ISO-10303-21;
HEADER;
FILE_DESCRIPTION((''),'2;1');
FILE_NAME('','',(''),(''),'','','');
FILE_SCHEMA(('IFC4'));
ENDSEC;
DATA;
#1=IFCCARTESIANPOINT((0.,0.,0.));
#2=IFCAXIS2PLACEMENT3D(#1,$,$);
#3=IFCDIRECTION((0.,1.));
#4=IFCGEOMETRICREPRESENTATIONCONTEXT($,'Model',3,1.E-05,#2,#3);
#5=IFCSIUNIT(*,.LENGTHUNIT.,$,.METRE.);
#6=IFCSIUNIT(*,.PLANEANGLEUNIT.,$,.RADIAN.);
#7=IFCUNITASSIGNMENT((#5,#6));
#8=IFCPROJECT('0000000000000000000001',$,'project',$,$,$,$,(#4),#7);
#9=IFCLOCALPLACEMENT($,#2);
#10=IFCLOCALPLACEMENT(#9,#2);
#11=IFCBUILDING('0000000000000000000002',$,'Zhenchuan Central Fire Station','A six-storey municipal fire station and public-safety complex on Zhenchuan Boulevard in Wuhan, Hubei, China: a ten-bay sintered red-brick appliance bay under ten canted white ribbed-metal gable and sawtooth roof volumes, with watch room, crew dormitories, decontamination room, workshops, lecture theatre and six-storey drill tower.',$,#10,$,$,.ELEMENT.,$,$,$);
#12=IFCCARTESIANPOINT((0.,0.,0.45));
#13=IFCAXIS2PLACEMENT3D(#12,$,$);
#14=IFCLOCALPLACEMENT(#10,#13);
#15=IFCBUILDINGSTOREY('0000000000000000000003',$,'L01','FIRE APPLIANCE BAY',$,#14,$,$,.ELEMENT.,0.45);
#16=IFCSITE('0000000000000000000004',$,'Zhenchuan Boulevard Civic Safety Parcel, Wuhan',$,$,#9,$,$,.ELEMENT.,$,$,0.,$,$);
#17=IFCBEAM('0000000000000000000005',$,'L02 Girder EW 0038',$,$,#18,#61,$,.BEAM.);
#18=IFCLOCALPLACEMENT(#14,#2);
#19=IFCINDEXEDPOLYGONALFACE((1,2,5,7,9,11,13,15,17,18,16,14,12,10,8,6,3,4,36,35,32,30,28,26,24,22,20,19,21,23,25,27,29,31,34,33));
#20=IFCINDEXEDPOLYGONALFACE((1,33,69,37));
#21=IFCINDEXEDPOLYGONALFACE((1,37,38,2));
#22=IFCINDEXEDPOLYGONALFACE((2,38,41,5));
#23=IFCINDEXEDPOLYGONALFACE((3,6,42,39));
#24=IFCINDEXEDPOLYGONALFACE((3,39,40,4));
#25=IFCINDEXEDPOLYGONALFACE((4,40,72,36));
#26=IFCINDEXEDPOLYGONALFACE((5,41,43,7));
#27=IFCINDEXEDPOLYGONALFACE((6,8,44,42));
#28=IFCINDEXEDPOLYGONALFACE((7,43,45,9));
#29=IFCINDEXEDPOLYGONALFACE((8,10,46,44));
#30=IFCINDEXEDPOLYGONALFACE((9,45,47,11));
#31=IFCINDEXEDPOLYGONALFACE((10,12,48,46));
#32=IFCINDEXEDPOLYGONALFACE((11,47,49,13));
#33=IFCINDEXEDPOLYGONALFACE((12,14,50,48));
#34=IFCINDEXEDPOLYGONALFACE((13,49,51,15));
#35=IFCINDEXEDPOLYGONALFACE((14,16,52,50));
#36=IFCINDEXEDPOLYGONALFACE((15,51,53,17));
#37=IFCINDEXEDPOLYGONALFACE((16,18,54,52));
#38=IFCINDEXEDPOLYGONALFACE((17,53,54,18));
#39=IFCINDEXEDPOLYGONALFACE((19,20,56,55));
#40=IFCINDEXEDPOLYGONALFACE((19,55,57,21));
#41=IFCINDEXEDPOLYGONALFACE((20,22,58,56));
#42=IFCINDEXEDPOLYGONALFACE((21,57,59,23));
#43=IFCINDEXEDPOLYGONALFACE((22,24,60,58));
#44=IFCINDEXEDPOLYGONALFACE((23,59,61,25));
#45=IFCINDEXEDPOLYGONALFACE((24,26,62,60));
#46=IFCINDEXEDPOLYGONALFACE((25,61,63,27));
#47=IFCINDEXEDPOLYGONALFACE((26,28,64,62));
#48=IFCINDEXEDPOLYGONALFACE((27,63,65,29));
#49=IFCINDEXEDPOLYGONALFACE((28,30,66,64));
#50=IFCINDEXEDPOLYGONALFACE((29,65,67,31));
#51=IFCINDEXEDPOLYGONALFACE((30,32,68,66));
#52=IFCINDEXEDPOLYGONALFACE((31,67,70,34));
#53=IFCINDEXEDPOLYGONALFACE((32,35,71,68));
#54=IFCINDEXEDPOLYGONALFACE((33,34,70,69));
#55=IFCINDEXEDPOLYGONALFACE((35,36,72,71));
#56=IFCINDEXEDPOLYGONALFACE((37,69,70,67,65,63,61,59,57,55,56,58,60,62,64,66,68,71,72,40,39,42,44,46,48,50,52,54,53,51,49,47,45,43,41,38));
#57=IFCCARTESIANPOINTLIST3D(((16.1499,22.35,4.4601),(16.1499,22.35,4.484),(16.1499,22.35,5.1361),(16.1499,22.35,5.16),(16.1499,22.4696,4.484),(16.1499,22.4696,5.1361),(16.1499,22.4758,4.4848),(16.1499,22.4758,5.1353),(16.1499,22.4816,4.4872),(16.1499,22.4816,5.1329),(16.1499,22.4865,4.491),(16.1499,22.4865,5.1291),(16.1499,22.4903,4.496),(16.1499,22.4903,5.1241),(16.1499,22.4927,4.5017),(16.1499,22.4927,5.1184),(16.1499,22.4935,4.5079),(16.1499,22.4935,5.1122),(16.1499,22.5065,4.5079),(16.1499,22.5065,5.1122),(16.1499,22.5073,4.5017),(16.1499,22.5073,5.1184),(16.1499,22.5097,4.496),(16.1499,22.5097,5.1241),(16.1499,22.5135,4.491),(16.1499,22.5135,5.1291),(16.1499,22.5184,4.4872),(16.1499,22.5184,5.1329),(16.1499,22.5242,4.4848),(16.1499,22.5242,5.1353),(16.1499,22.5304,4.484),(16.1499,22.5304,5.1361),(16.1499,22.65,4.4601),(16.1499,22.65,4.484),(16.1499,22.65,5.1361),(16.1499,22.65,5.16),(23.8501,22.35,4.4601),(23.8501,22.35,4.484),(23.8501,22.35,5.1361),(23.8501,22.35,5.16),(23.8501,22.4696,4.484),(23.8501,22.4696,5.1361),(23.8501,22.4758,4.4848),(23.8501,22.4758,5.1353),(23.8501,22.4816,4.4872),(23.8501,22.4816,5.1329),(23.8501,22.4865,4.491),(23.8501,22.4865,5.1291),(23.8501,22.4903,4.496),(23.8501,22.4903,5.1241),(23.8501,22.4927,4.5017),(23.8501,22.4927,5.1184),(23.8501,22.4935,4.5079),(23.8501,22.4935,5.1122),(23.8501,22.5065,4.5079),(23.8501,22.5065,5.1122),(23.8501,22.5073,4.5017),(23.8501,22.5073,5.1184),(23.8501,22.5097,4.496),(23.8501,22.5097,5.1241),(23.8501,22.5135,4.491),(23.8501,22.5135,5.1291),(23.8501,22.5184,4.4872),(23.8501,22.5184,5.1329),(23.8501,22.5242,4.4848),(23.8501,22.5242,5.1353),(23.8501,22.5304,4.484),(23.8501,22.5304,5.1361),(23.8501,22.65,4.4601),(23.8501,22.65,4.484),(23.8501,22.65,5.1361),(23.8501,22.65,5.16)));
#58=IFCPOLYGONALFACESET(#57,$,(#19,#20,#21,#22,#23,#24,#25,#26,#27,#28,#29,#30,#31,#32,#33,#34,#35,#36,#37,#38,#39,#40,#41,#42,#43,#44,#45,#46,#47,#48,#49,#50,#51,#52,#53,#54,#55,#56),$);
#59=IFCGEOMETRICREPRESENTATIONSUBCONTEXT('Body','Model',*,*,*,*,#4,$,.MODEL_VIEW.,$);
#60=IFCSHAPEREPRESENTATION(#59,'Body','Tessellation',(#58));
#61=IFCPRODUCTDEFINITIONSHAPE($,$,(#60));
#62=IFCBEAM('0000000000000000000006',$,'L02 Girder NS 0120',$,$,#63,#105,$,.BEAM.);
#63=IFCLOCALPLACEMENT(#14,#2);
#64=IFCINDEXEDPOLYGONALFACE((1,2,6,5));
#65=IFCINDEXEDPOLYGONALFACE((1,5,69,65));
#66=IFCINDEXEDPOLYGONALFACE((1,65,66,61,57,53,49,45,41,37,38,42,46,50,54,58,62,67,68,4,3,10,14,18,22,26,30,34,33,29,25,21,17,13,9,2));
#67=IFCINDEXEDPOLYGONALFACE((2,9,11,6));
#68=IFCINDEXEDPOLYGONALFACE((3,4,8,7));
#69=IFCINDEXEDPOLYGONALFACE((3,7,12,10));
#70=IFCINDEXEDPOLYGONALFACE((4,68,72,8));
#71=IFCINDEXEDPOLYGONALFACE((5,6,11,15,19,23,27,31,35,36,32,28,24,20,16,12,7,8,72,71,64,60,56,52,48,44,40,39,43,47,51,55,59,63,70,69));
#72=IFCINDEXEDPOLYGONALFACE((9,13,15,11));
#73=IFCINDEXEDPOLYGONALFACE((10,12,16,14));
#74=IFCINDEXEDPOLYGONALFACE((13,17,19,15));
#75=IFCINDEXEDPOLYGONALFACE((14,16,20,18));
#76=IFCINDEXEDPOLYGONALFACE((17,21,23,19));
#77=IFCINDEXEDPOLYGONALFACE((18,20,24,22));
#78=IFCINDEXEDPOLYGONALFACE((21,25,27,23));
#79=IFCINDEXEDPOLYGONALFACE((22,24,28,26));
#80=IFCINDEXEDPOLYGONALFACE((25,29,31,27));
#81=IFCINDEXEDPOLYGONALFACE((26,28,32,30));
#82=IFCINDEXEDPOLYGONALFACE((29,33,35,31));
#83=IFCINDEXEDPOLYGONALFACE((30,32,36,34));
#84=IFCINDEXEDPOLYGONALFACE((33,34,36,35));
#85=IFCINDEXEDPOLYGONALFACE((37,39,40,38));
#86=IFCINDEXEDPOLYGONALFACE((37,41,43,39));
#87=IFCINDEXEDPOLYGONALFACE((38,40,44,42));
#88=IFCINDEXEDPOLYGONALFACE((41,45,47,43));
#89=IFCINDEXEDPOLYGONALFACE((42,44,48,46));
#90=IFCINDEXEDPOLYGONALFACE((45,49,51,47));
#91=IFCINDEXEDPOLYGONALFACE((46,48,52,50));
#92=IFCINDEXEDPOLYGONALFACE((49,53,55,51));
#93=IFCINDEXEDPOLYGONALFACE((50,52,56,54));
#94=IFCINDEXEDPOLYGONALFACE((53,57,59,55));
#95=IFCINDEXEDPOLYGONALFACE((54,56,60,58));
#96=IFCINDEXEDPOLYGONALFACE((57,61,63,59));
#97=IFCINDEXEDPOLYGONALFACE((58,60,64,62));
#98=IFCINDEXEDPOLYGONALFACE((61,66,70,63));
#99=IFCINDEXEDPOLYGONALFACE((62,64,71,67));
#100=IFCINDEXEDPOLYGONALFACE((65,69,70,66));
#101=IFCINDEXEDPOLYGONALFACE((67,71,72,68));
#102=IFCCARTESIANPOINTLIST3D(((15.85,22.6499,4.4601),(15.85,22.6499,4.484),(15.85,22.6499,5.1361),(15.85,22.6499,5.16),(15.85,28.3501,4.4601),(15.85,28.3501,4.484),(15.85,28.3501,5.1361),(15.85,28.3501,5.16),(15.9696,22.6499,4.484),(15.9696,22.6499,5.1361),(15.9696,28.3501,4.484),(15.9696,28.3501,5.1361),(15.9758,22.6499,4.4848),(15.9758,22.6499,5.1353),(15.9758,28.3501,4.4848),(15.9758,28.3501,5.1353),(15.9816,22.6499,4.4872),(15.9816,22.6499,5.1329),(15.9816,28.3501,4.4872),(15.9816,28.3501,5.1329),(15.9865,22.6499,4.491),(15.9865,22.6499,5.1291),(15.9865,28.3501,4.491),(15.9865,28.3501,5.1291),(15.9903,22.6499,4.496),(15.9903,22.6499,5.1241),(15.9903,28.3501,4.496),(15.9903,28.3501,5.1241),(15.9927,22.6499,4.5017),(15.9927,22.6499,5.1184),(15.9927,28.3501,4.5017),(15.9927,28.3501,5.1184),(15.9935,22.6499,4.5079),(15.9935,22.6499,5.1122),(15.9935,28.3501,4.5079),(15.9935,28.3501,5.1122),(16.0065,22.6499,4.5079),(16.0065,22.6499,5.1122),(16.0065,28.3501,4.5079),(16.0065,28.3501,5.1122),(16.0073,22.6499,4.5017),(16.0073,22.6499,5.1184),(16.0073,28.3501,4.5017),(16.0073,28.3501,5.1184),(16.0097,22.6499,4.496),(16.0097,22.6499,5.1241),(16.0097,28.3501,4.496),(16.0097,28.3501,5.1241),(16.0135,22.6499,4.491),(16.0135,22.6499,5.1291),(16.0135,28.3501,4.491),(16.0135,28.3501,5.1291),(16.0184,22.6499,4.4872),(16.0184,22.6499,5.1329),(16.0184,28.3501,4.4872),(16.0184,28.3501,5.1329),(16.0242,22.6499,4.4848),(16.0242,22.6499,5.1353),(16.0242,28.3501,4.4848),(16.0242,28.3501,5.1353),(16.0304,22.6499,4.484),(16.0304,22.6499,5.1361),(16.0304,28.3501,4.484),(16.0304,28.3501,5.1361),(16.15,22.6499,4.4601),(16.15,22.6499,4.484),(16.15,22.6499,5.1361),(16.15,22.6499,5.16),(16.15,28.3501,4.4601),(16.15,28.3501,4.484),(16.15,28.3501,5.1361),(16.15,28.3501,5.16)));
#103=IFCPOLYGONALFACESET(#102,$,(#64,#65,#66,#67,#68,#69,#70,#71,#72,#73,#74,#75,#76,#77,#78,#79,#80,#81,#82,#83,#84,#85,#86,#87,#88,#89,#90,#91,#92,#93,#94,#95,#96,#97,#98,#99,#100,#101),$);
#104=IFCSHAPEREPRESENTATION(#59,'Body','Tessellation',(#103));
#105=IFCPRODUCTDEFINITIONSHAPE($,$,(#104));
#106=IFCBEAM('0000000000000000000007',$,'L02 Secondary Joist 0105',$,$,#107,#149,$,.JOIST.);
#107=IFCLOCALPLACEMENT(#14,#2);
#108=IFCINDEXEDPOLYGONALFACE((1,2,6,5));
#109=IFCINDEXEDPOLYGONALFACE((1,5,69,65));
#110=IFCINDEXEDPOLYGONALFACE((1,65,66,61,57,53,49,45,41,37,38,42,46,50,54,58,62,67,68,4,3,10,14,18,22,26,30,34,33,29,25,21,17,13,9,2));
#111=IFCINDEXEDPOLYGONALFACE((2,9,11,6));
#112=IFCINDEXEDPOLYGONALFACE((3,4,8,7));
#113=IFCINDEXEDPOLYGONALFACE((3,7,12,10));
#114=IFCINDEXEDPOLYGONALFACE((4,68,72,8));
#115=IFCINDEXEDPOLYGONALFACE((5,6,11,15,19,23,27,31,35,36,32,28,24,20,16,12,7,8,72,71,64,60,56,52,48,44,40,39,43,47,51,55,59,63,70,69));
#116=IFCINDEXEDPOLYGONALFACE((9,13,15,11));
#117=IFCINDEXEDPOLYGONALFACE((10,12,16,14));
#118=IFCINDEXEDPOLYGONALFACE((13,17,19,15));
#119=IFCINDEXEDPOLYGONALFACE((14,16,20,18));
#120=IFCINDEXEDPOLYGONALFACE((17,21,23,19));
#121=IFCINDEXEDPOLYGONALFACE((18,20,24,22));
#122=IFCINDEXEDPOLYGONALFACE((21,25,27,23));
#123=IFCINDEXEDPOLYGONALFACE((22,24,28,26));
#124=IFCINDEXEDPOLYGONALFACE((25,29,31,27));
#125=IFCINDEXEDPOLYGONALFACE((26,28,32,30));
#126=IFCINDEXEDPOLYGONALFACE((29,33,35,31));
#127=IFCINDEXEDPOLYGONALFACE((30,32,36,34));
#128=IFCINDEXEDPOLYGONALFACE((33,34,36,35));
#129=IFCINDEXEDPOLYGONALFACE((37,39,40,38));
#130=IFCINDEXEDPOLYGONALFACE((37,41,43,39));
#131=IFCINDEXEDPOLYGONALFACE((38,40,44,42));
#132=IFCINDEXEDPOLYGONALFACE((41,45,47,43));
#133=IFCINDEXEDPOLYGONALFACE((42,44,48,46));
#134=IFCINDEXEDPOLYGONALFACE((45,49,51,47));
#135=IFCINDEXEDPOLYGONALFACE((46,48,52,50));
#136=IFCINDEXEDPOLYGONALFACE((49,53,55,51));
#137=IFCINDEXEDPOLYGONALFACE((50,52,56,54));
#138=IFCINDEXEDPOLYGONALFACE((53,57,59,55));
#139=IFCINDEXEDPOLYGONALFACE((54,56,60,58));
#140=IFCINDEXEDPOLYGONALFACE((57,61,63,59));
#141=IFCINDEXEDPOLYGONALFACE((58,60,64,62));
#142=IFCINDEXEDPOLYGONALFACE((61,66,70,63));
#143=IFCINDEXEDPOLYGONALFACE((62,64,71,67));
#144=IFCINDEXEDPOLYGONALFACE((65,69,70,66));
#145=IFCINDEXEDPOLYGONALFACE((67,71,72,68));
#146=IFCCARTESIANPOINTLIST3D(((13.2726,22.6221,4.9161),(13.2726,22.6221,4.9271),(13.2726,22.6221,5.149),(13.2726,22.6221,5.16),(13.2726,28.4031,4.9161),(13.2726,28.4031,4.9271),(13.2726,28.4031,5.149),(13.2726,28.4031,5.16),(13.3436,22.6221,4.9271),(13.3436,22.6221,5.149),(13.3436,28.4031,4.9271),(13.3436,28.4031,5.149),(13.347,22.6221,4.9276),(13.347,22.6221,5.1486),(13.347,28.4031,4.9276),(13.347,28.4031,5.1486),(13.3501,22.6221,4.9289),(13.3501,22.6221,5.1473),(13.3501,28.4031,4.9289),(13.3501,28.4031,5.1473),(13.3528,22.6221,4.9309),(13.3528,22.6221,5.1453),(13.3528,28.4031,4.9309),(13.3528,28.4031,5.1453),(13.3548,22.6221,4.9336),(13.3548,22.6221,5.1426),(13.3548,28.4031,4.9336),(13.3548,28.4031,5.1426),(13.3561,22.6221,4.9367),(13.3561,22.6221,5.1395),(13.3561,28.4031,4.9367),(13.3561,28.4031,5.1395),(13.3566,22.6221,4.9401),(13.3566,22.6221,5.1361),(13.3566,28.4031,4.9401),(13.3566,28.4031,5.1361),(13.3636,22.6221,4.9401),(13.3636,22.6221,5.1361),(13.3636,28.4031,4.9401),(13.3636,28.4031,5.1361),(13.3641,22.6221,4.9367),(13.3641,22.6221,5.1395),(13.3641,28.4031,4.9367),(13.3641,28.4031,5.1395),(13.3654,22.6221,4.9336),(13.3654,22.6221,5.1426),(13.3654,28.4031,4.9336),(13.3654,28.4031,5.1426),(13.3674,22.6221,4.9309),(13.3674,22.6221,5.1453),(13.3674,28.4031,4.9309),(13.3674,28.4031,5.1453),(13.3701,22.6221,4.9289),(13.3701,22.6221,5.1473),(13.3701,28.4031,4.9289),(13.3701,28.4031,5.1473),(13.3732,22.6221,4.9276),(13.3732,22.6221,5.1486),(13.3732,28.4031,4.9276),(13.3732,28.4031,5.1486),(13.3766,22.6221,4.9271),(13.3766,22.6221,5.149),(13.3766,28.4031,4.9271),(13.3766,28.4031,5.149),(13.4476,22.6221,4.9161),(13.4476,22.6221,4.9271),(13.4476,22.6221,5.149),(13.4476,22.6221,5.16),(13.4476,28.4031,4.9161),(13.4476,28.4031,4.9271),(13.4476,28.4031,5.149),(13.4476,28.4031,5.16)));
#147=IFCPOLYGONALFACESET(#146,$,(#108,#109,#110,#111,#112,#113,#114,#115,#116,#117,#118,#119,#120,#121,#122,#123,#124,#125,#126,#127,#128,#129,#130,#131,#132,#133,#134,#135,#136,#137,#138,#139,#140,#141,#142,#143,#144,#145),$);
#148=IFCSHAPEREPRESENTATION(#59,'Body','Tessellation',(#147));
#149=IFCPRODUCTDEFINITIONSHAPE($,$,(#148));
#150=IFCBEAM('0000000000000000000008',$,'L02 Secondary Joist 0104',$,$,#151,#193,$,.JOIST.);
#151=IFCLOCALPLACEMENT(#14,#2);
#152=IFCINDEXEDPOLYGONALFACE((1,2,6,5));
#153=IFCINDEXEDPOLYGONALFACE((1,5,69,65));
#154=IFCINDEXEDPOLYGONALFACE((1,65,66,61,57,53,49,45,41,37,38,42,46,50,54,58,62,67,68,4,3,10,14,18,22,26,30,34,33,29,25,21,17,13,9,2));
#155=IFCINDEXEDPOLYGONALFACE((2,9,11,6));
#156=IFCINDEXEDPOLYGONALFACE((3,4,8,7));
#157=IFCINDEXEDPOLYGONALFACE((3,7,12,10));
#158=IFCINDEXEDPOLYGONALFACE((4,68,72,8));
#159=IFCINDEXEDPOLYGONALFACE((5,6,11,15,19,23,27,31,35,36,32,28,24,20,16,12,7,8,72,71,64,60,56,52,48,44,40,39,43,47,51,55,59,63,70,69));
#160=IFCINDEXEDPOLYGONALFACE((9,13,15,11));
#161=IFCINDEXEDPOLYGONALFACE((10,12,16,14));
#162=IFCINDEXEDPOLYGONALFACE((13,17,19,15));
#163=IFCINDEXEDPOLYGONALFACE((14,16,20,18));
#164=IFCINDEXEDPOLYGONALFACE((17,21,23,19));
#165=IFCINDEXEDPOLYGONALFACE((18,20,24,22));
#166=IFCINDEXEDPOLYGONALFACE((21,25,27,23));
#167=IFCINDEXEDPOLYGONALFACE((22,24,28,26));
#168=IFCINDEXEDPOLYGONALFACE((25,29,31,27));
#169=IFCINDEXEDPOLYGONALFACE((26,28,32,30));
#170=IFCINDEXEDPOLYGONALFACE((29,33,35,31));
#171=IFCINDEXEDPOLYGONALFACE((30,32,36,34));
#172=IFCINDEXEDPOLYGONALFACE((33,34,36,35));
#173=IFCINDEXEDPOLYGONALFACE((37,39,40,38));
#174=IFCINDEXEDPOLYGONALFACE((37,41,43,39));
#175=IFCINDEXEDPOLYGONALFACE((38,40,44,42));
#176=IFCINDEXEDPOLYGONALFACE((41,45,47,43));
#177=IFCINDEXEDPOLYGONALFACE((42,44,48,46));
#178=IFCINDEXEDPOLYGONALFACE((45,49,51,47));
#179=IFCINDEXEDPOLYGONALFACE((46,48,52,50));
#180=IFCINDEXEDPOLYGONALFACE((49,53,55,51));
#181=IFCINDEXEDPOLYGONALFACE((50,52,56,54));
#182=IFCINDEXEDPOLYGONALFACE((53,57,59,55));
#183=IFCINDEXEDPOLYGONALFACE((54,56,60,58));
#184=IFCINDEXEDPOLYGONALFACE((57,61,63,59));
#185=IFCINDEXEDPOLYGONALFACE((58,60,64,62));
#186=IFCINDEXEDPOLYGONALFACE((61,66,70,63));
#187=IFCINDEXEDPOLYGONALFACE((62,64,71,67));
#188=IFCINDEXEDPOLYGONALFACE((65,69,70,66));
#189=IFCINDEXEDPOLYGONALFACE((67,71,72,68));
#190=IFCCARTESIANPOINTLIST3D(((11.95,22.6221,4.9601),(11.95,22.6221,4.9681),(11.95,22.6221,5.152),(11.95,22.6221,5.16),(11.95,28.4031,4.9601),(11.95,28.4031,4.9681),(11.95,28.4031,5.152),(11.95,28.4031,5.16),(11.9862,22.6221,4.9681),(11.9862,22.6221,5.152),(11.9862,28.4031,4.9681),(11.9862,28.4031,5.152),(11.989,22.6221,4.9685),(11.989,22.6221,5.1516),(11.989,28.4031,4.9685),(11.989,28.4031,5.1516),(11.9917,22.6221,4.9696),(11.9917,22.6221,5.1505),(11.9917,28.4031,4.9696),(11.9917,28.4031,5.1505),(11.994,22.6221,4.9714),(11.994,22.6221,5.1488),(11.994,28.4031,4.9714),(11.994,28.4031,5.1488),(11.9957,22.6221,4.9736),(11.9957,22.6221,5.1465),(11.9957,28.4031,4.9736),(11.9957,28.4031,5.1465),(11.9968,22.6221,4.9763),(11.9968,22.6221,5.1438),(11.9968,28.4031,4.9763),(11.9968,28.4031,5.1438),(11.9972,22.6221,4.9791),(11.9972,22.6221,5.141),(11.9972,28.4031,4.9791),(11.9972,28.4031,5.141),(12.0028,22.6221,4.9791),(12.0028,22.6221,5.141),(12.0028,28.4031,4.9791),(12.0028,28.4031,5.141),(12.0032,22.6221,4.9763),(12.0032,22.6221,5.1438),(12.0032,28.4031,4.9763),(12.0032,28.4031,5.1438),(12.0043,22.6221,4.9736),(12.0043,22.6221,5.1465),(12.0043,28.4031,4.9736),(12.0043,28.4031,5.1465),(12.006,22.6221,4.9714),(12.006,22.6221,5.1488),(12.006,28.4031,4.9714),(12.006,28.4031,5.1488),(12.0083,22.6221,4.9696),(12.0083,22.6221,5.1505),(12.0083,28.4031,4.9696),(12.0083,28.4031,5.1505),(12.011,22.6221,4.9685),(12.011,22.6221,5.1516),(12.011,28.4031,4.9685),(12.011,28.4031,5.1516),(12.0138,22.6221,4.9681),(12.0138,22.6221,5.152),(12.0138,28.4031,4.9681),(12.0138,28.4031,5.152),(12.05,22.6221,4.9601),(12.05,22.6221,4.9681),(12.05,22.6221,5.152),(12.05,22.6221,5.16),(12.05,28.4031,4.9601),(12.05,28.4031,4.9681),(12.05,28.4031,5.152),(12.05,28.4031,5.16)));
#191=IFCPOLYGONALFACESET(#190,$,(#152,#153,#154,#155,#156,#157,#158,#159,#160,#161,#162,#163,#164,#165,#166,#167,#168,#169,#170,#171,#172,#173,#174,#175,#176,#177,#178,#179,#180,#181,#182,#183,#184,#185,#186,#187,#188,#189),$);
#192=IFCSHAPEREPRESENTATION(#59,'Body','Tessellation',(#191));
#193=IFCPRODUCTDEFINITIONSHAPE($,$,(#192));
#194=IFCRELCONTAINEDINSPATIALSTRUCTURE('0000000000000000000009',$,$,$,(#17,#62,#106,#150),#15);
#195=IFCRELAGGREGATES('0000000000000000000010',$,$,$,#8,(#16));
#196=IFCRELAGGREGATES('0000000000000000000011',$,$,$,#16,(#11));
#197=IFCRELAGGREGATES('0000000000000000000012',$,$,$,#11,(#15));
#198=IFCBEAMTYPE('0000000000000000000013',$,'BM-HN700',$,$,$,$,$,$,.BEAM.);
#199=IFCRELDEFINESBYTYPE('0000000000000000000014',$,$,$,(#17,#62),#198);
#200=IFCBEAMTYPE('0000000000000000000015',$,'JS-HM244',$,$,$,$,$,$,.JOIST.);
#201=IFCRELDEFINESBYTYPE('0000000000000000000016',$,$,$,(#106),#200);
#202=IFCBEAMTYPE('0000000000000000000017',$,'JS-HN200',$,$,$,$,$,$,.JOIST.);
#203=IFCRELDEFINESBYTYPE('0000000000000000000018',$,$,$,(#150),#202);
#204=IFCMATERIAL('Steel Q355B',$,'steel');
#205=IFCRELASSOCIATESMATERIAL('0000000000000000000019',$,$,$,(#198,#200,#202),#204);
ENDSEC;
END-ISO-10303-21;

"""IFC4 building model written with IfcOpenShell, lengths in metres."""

from ifc_helpers import new_model, si_unit, direction, frame, origin, origin_2d, place, context, subcontext, project, spatial, i_section, extrude, material, material_profile, profile_set, type_object, element, save


model = new_model("IFC4")

# Units and contexts
model_context = context("Model", 3, precision=1e-05, world=origin(), true_north=direction((0.0, 1.0)))
body_context = subcontext(model_context, "Body", "Model", "MODEL_VIEW")
ifc_project = project(units=[si_unit("LENGTHUNIT", "METRE"), si_unit("PLANEANGLEUNIT", "RADIAN")], contexts=[model_context])

# Site, building, storey
site_placement = place(None, origin())
site = spatial("IfcSite", under=ifc_project, at=site_placement, Name="Zhenchuan Boulevard Civic Safety Parcel, Wuhan", CompositionType="ELEMENT", RefElevation=0.0)
building_placement = place(site_placement, origin())
building = spatial("IfcBuilding", under=site, at=building_placement, Name="Zhenchuan Central Fire Station", Description="A six-storey municipal fire station and public-safety complex on Zhenchuan Boulevard in Wuhan, Hubei, China: a ten-bay sintered red-brick appliance bay under ten canted white ribbed-metal gable and sawtooth roof volumes, with watch room, crew dormitories, decontamination room, workshops, lecture theatre and six-storey drill tower.", CompositionType="ELEMENT")
storey_placement = place(building_placement, frame((0.0, 0.0, 0.45)))
storey = spatial("IfcBuildingStorey", under=building, at=storey_placement, Name="L01", Description="FIRE APPLIANCE BAY", CompositionType="ELEMENT", Elevation=0.45)

# Shared definitions
ifc_material_1 = material(Name="Steel Q355B", Category="steel")

# Beams
ifc_material_profile_1 = material_profile(ifc_material_1, i_section(OverallWidth=0.3, OverallDepth=0.7, WebThickness=0.0129, FlangeThickness=0.0239, FilletRadius=0.0239, at=origin_2d()), Name="HN 700x300")
ifc_profile_set_1 = profile_set([ifc_material_profile_1], Name="Steel Q355B")
beam_type_1 = type_object("IfcBeamType", Name="BM-HN700", PredefinedType="BEAM", material=ifc_profile_set_1)
beam_1_placement = place(storey_placement, frame((16.1499, 22.5, 4.8101), z_axis=(1.0, 0.0, 0.0), x_axis=(0.0, 1.0, 0.0)))
element("IfcBeam", 1, at=beam_1_placement, inside=storey, type_object=beam_type_1, Name="L02 Girder EW 0038", PredefinedType="BEAM", context=body_context, shape_type="SweptSolid", body=[
    extrude(i_section(OverallWidth=0.3, OverallDepth=0.7, WebThickness=0.0129, FlangeThickness=0.0239, FilletRadius=0.0239, at=origin_2d()), origin(), (0.0, 0.0, 1.0), 7.7002),
])
beam_2_placement = place(storey_placement, frame((16.0, 22.6499, 4.8101), z_axis=(0.0, 1.0, 0.0), x_axis=(-1.0, 0.0, 0.0)))
element("IfcBeam", 2, at=beam_2_placement, inside=storey, type_object=beam_type_1, Name="L02 Girder NS 0120", PredefinedType="BEAM", context=body_context, shape_type="SweptSolid", body=[
    extrude(i_section(OverallWidth=0.3, OverallDepth=0.7, WebThickness=0.0129, FlangeThickness=0.0239, FilletRadius=0.0239, at=origin_2d()), origin(), (0.0, 0.0, 1.0), 5.7002),
])
ifc_material_profile_2 = material_profile(ifc_material_1, i_section(OverallWidth=0.175, OverallDepth=0.2439, WebThickness=0.0071, FlangeThickness=0.011, FilletRadius=0.0129, at=origin_2d()), Name="HM 244x175")
ifc_profile_set_2 = profile_set([ifc_material_profile_2], Name="Steel Q355B")
beam_type_2 = type_object("IfcBeamType", Name="JS-HM244", PredefinedType="JOIST", material=ifc_profile_set_2)
beam_3_placement = place(storey_placement, frame((13.3601, 22.6221, 5.0381), z_axis=(0.0, 1.0, 0.0), x_axis=(-1.0, 0.0, 0.0)))
element("IfcBeam", 3, at=beam_3_placement, inside=storey, type_object=beam_type_2, Name="L02 Secondary Joist 0105", PredefinedType="JOIST", context=body_context, shape_type="SweptSolid", body=[
    extrude(i_section(OverallWidth=0.175, OverallDepth=0.2439, WebThickness=0.0071, FlangeThickness=0.011, FilletRadius=0.0129, at=origin_2d()), origin(), (0.0, 0.0, 1.0), 5.781),
])
ifc_material_profile_3 = material_profile(ifc_material_1, i_section(OverallWidth=0.1001, OverallDepth=0.2, WebThickness=0.0056, FlangeThickness=0.0081, FilletRadius=0.011, at=origin_2d()), Name="HN 200x100")
ifc_profile_set_3 = profile_set([ifc_material_profile_3], Name="Steel Q355B")
beam_type_3 = type_object("IfcBeamType", Name="JS-HN200", PredefinedType="JOIST", material=ifc_profile_set_3)
beam_4_placement = place(storey_placement, frame((12.0, 22.6221, 5.0601), z_axis=(0.0, 1.0, 0.0), x_axis=(-1.0, 0.0, 0.0)))
element("IfcBeam", 4, at=beam_4_placement, inside=storey, type_object=beam_type_3, Name="L02 Secondary Joist 0104", PredefinedType="JOIST", context=body_context, shape_type="SweptSolid", body=[
    extrude(i_section(OverallWidth=0.1001, OverallDepth=0.2, WebThickness=0.0056, FlangeThickness=0.0081, FilletRadius=0.011, at=origin_2d()), origin(), (0.0, 0.0, 1.0), 5.781),
])

save(model, "model.ifc")
